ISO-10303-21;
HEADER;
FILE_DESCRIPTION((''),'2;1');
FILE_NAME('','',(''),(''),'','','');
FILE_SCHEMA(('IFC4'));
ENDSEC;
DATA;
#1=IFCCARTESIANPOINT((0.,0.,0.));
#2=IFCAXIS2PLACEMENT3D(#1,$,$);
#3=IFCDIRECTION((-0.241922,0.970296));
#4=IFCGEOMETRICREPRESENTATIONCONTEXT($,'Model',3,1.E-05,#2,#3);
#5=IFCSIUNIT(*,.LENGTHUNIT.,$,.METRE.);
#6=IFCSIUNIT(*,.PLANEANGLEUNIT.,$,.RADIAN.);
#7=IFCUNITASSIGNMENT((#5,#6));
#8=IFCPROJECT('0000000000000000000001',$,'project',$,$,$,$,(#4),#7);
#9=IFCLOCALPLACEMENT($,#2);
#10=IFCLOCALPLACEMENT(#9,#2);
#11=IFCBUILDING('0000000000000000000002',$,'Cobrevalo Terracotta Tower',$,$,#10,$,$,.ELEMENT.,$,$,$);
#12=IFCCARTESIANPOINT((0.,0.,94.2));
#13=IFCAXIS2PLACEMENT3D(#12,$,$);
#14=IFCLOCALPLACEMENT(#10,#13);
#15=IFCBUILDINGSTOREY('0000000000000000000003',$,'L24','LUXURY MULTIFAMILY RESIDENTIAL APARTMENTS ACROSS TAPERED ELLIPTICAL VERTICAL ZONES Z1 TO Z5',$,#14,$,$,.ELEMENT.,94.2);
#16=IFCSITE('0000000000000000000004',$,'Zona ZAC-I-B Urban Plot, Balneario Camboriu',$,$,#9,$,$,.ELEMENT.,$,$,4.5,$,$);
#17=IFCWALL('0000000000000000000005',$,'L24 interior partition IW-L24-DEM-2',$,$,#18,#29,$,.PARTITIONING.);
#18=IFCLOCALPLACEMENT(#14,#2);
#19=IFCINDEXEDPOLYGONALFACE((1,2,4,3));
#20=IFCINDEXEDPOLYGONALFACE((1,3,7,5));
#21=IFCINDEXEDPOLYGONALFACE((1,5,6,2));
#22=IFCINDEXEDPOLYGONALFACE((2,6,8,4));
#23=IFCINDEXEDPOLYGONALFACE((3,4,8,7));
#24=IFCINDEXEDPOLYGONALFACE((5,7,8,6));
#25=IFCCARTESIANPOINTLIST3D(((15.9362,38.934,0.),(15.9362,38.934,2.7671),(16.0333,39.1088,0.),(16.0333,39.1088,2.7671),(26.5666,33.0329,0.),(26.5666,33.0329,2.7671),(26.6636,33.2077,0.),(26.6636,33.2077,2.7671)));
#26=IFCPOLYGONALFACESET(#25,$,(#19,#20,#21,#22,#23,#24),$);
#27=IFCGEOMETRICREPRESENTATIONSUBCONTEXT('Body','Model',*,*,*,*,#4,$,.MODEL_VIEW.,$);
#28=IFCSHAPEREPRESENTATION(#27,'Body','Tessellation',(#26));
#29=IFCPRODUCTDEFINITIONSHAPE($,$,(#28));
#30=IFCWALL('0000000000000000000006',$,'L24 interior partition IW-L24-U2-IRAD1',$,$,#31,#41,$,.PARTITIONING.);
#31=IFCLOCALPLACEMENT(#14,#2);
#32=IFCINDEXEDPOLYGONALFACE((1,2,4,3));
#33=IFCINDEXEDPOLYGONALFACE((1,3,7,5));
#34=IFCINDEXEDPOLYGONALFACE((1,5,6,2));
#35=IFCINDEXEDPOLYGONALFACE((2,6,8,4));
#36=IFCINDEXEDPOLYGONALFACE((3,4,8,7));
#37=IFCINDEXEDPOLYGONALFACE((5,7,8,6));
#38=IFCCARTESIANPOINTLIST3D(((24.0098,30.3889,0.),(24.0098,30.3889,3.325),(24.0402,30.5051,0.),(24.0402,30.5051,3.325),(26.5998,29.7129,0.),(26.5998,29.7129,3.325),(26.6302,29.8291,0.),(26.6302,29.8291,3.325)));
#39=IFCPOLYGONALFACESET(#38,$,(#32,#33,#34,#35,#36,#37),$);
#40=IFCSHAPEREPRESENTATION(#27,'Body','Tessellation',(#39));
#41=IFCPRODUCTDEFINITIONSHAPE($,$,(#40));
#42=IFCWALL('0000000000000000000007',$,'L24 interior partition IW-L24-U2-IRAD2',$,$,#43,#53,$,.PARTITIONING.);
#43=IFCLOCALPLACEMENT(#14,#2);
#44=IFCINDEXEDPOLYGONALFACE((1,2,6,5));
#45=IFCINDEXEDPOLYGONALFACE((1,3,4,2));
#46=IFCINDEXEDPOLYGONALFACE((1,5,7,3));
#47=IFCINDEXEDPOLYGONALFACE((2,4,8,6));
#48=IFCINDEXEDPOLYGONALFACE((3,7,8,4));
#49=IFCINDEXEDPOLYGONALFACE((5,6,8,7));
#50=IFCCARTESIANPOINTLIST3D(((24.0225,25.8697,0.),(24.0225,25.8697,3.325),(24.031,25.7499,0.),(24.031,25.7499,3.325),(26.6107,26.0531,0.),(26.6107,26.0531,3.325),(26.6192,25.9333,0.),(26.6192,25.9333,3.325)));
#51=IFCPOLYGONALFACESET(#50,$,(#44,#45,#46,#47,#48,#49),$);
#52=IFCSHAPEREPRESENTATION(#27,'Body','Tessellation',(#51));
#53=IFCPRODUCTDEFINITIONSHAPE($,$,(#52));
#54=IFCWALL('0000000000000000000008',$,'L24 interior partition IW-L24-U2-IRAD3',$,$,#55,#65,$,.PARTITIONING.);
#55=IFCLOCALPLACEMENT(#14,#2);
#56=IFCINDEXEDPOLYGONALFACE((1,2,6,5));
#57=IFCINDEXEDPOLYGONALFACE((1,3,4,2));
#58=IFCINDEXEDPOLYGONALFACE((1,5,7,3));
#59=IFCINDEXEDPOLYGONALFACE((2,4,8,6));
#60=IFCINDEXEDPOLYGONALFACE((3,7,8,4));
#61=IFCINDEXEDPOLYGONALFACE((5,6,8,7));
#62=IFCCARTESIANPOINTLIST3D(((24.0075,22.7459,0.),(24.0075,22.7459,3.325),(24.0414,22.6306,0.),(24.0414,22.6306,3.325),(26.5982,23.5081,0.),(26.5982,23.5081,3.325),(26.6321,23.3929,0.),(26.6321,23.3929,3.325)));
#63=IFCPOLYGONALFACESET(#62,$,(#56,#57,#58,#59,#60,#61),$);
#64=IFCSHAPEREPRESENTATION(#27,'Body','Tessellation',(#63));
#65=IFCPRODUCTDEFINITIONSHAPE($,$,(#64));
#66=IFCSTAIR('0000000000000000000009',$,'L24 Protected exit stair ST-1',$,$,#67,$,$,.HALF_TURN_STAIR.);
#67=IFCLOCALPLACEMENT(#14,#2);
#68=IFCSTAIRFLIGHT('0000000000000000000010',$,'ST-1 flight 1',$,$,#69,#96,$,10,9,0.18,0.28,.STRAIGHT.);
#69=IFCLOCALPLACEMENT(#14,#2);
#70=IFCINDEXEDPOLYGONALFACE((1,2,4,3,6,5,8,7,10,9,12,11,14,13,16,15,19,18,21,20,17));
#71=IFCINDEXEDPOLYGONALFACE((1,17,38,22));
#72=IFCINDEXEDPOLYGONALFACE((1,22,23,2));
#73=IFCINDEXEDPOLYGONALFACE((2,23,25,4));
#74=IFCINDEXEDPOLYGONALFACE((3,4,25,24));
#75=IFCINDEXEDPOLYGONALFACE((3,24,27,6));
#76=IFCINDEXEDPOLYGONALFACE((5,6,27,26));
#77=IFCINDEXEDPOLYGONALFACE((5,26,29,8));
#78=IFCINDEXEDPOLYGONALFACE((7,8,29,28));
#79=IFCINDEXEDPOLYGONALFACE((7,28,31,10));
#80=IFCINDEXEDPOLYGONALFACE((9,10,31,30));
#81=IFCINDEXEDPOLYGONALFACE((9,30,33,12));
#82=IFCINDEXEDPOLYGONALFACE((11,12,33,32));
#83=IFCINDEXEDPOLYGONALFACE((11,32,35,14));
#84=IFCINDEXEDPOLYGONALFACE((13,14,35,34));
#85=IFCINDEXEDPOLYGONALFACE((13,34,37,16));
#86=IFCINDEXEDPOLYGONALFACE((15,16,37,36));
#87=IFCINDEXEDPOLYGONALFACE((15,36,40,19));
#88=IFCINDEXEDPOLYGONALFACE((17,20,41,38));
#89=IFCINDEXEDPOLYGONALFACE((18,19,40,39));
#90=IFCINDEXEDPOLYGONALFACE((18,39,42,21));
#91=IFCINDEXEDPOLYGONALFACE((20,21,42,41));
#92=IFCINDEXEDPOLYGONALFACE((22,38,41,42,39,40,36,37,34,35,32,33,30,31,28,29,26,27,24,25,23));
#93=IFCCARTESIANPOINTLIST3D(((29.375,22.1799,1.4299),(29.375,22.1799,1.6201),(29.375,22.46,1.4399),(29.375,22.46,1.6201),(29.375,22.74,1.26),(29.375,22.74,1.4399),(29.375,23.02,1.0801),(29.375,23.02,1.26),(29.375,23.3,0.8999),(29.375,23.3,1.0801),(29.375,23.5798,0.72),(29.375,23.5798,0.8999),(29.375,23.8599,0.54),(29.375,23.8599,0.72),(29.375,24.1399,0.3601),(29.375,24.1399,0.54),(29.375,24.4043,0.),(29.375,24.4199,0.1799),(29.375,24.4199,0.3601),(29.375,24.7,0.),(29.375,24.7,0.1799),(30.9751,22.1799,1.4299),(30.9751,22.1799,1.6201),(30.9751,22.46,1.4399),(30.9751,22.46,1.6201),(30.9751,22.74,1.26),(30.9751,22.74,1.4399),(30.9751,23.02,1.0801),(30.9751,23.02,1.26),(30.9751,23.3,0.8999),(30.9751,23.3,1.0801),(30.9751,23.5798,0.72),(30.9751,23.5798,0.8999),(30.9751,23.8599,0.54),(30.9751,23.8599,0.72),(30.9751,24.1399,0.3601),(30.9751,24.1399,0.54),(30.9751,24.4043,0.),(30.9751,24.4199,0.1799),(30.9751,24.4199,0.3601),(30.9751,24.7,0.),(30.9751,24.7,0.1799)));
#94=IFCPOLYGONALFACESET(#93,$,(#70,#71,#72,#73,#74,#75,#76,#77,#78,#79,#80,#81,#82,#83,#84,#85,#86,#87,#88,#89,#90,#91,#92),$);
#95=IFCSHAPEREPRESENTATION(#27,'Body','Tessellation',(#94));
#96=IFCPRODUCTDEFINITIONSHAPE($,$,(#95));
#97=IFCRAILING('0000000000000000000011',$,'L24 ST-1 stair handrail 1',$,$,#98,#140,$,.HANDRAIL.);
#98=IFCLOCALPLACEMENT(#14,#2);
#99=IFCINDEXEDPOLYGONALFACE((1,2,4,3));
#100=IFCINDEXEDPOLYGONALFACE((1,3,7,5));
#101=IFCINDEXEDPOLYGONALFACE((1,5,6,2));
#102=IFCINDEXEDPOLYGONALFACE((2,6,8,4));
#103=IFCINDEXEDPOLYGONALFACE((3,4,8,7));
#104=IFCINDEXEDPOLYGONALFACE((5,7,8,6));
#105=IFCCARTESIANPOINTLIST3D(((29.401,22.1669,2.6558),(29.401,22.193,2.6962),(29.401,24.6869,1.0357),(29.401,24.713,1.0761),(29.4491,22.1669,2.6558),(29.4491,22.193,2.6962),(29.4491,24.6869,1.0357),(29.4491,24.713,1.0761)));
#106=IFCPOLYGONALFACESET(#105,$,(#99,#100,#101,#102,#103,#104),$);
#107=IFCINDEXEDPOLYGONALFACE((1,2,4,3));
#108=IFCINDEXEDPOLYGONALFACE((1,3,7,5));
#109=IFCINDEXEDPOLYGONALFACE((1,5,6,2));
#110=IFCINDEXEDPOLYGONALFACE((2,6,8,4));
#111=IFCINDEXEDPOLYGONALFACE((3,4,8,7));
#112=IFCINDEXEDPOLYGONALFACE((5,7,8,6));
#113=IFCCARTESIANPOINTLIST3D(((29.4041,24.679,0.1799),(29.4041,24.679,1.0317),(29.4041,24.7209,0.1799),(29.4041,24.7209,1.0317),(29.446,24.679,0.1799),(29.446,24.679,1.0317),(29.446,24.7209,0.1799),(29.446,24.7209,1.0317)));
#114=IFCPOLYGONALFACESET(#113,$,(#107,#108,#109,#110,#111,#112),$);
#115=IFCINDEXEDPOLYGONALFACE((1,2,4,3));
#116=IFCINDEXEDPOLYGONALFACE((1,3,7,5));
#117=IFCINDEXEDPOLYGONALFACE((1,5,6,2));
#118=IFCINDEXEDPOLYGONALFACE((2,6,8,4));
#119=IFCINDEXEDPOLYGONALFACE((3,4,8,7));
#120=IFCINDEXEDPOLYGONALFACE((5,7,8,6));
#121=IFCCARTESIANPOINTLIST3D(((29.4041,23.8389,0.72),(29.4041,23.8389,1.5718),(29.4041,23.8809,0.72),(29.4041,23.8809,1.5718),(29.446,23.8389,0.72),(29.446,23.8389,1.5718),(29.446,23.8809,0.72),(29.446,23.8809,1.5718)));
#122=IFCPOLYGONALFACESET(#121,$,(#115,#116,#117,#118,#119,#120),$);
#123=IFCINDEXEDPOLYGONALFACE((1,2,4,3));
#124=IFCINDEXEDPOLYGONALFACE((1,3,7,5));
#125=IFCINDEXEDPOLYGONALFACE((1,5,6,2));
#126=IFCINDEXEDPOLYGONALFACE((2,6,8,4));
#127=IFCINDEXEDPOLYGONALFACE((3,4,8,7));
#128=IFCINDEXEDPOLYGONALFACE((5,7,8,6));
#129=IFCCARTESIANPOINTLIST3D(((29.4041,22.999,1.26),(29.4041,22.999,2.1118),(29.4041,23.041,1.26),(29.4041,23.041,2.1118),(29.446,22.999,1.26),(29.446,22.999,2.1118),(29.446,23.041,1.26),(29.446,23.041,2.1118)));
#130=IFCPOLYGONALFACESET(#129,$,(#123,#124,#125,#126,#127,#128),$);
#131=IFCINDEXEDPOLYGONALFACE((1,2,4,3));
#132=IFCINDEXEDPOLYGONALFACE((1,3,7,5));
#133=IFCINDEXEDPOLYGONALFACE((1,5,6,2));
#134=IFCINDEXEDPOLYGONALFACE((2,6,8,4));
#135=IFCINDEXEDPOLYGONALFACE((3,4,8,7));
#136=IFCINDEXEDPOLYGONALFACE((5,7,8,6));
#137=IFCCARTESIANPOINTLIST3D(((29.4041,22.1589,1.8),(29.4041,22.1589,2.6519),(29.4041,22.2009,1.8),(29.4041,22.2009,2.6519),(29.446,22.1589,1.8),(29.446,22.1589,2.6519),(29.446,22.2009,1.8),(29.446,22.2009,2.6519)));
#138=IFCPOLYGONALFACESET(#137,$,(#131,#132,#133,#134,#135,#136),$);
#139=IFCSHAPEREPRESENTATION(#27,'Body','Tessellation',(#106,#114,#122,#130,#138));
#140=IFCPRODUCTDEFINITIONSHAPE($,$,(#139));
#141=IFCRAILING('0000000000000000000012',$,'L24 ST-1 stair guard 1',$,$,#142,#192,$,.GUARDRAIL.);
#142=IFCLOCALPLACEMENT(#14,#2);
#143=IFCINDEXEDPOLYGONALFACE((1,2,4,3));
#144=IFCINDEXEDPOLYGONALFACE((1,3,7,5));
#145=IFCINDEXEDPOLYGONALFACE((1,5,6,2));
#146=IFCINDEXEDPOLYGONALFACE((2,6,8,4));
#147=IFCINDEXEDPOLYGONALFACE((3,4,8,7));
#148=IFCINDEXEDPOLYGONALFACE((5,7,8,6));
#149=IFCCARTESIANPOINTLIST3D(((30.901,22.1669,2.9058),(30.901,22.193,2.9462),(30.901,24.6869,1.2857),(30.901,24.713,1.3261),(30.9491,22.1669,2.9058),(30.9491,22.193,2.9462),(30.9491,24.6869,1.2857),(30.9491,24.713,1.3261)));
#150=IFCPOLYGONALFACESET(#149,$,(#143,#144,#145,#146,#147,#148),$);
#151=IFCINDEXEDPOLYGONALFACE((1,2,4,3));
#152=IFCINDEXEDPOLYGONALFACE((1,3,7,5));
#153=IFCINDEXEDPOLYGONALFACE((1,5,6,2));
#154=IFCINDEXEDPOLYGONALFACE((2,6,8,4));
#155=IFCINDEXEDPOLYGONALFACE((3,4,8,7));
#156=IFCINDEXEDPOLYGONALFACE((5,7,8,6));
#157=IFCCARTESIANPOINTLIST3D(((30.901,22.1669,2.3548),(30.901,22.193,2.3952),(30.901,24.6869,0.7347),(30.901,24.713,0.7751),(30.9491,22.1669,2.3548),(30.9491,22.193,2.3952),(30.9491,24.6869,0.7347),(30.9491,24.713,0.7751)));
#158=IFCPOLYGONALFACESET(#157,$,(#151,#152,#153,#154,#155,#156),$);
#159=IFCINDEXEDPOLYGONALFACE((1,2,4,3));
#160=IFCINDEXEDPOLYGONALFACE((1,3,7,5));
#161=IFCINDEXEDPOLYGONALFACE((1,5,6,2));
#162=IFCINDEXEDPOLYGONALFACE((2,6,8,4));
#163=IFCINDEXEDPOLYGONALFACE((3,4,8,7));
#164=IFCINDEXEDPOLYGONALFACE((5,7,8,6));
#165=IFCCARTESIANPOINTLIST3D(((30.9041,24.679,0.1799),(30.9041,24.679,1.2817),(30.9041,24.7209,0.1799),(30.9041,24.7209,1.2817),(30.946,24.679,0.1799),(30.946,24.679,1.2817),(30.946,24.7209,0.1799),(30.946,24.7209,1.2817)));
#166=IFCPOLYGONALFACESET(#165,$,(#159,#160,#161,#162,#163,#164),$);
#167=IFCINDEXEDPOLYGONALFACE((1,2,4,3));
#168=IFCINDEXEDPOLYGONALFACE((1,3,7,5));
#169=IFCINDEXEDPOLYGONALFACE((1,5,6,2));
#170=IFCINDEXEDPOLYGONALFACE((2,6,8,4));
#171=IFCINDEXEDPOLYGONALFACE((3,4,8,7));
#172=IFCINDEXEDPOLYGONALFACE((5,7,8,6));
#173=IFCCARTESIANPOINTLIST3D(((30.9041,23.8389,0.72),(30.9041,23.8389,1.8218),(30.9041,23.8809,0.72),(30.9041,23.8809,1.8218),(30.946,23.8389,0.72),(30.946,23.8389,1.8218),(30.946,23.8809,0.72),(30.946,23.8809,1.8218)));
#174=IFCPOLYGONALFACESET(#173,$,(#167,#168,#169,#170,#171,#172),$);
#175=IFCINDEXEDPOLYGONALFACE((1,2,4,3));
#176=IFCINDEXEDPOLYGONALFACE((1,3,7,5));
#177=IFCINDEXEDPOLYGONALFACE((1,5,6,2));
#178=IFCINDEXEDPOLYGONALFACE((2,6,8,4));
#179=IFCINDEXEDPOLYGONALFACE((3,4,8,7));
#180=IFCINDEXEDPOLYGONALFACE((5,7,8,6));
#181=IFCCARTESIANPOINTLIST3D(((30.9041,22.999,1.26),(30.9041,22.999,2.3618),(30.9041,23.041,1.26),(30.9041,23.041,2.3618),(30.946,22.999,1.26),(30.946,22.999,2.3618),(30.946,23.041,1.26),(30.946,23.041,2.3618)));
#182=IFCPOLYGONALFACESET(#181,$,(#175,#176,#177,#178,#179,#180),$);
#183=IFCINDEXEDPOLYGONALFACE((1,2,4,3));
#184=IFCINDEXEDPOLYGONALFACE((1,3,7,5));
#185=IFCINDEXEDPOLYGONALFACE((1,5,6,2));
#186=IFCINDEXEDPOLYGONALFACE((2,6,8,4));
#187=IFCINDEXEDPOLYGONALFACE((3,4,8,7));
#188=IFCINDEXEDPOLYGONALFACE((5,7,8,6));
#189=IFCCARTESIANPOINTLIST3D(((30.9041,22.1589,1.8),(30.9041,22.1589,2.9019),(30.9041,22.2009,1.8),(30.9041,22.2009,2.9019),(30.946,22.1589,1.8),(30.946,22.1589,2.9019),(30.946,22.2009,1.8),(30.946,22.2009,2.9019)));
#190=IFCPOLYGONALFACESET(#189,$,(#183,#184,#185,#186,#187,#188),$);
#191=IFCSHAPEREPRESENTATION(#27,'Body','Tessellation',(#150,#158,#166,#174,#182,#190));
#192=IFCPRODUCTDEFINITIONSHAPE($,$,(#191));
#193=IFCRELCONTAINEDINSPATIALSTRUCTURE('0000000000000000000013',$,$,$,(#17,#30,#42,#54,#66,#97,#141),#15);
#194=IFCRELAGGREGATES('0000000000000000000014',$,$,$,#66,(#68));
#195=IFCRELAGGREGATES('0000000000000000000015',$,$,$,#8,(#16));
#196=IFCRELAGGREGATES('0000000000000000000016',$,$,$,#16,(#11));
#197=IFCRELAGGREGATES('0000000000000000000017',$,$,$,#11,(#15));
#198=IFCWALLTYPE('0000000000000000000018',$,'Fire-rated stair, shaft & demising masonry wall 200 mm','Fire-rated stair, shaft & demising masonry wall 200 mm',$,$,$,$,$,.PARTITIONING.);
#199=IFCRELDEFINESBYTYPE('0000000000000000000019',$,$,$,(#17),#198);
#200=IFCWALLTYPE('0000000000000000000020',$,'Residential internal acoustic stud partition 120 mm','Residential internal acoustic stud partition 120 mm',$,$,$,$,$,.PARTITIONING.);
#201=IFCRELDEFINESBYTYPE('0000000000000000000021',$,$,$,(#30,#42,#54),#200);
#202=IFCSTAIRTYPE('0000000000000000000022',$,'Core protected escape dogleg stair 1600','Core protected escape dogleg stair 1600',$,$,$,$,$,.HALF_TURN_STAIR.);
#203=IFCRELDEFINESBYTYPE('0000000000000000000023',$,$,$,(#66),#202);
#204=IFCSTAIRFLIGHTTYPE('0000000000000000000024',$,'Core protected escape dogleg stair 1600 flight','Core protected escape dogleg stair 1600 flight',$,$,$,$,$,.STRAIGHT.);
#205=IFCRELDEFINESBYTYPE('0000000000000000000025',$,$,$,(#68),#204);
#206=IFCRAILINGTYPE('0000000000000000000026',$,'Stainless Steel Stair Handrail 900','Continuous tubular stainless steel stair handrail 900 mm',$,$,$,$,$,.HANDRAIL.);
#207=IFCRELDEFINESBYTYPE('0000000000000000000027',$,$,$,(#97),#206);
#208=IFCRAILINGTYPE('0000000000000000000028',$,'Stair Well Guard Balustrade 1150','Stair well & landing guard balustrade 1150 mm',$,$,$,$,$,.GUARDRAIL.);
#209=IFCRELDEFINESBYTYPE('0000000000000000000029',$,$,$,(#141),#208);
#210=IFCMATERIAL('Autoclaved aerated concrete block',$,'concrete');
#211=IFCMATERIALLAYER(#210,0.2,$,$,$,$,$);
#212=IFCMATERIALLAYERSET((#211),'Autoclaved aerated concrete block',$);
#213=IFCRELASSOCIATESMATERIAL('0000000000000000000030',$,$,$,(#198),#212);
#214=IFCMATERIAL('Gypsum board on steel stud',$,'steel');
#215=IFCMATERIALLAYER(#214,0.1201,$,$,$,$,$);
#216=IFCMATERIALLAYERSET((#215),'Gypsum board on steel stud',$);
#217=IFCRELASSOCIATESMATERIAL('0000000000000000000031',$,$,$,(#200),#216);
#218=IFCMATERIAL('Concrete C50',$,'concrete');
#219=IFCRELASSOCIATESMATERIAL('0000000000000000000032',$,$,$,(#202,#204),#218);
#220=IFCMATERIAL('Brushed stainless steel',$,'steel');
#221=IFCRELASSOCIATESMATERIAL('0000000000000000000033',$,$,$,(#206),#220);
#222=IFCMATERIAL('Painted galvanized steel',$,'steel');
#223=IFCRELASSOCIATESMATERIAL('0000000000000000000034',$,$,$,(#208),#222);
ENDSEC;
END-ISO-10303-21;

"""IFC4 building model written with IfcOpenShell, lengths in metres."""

from ifc_helpers import new_model, si_unit, direction, frame, frame_2d, origin, origin_2d, place, context, subcontext, project, spatial, polyline, rectangle, outline, extrude, material, layer, layer_set, type_object, element, aggregate, save


model = new_model("IFC4")

# Units and contexts
model_context = context("Model", 3, precision=1e-05, world=origin(), true_north=direction((-0.241922, 0.970296)))
body_context = subcontext(model_context, "Body", "Model", "MODEL_VIEW")
ifc_project = project(units=[si_unit("LENGTHUNIT", "METRE"), si_unit("PLANEANGLEUNIT", "RADIAN")], contexts=[model_context])

# Site, building, storey
site_placement = place(None, origin())
site = spatial("IfcSite", under=ifc_project, at=site_placement, Name="Zona ZAC-I-B Urban Plot, Balneario Camboriu", CompositionType="ELEMENT", RefElevation=4.5)
building_placement = place(site_placement, origin())
building = spatial("IfcBuilding", under=site, at=building_placement, Name="Cobrevalo Terracotta Tower", CompositionType="ELEMENT")
storey_placement = place(building_placement, frame((0.0, 0.0, 94.2)))
storey = spatial("IfcBuildingStorey", under=building, at=storey_placement, Name="L24", Description="LUXURY MULTIFAMILY RESIDENTIAL APARTMENTS ACROSS TAPERED ELLIPTICAL VERTICAL ZONES Z1 TO Z5", CompositionType="ELEMENT", Elevation=94.2)

# Shared definitions
ifc_material_1 = material(Name="Gypsum board on steel stud", Category="steel")

# Shared definitions
ifc_material_2 = material(Name="Brushed stainless steel", Category="steel")

# Walls
ifc_material_3 = material(Name="Autoclaved aerated concrete block", Category="concrete")
ifc_layer_1 = layer(ifc_material_3, 0.2)
ifc_layer_set_1 = layer_set([ifc_layer_1], Name="Autoclaved aerated concrete block")
wall_type_1 = type_object("IfcWallType", Name="Fire-rated stair, shaft & demising masonry wall 200 mm", Description="Fire-rated stair, shaft & demising masonry wall 200 mm", PredefinedType="PARTITIONING", material=ifc_layer_set_1)
wall_1_placement = place(storey_placement, frame((26.615, 33.1204, 0.0), z_axis=(0.0, 0.0, 1.0), x_axis=(-0.874319, 0.485351, 0.0)))
element("IfcWall", 1, at=wall_1_placement, inside=storey, type_object=wall_type_1, Name="L24 interior partition IW-L24-DEM-2", PredefinedType="PARTITIONING", context=body_context, shape_type="SweptSolid", body=[
    extrude(rectangle(XDim=12.1584, YDim=0.2, at=frame_2d((6.0791, 0.0))), origin(), (0.0, 0.0, 1.0), 2.7671),
])
ifc_layer_2 = layer(ifc_material_1, 0.1201)
ifc_layer_set_2 = layer_set([ifc_layer_2], Name="Gypsum board on steel stud")
wall_type_2 = type_object("IfcWallType", Name="Residential internal acoustic stud partition 120 mm", Description="Residential internal acoustic stud partition 120 mm", PredefinedType="PARTITIONING", material=ifc_layer_set_2)
wall_2_placement = place(storey_placement, frame((26.615, 29.771, 0.0), z_axis=(0.0, 0.0, 1.0), x_axis=(-0.967585, 0.252544, 0.0)))
element("IfcWall", 2, at=wall_2_placement, inside=storey, type_object=wall_type_2, Name="L24 interior partition IW-L24-U2-IRAD1", PredefinedType="PARTITIONING", context=body_context, shape_type="SweptSolid", body=[
    extrude(rectangle(XDim=2.6768, YDim=0.1201, at=frame_2d((1.3384, 0.0))), origin(), (0.0, 0.0, 1.0), 3.325),
])
wall_3_placement = place(storey_placement, frame((26.615, 25.9932, 0.0), z_axis=(0.0, 0.0, 1.0), x_axis=(-0.9975, -0.070665, 0.0)))
element("IfcWall", 3, at=wall_3_placement, inside=storey, type_object=wall_type_2, Name="L24 interior partition IW-L24-U2-IRAD2", PredefinedType="PARTITIONING", context=body_context, shape_type="SweptSolid", body=[
    extrude(rectangle(XDim=2.5947, YDim=0.1201, at=frame_2d((1.2974, 0.0))), origin(), (0.0, 0.0, 1.0), 3.325),
])
wall_4_placement = place(storey_placement, frame((26.615, 23.4504, 0.0), z_axis=(0.0, 0.0, 1.0), x_axis=(-0.959338, -0.282259, 0.0)))
element("IfcWall", 4, at=wall_4_placement, inside=storey, type_object=wall_type_2, Name="L24 interior partition IW-L24-U2-IRAD3", PredefinedType="PARTITIONING", context=body_context, shape_type="SweptSolid", body=[
    extrude(rectangle(XDim=2.7004, YDim=0.1201, at=frame_2d((1.3501, 0.0))), origin(), (0.0, 0.0, 1.0), 3.325),
])

# Shared definitions
ifc_material_4 = material(Name="Concrete C50", Category="concrete")

# Stair, stair flight
stair_type = type_object("IfcStairType", Name="Core protected escape dogleg stair 1600", Description="Core protected escape dogleg stair 1600", PredefinedType="HALF_TURN_STAIR", material=ifc_material_4)
stair_placement = place(storey_placement, origin())
stair = element("IfcStair", 5, at=stair_placement, inside=storey, type_object=stair_type, Name="L24 Protected exit stair ST-1", PredefinedType="HALF_TURN_STAIR")
stair_flight_type = type_object("IfcStairFlightType", Name="Core protected escape dogleg stair 1600 flight", Description="Core protected escape dogleg stair 1600 flight", PredefinedType="STRAIGHT", material=ifc_material_4)
stair_flight_placement = place(storey_placement, frame((30.175, 24.7, 0.0), z_axis=(0.0, 0.0, 1.0), x_axis=(0.0, -1.0, 0.0)))
stair_flight = element("IfcStairFlight", 6, at=stair_flight_placement, type_object=stair_flight_type, Name="ST-1 flight 1", NumberOfRisers=10, NumberOfTreads=9, PredefinedType="STRAIGHT", RiserHeight=0.18, TreadLength=0.28, context=body_context, shape_type="SweptSolid", body=[
    extrude(outline(polyline([(0.0, 0.0), (0.0, 0.1799), (0.28, 0.1799), (0.28, 0.3601), (0.5601, 0.3601), (0.5601, 0.54), (0.8401, 0.54), (0.8401, 0.72), (1.1201, 0.72), (1.1201, 0.8999), (1.3999, 0.8999), (1.3999, 1.0801), (1.6799, 1.0801), (1.6799, 1.26), (1.96, 1.26), (1.96, 1.4399), (2.24, 1.4399), (2.24, 1.6201), (2.52, 1.6201), (2.52, 1.8), (2.52, 1.4299), (0.2957, 0.0), (0.0, 0.0)])), frame((0.0, 0.8, 0.0), z_axis=(0.0, -1.0, 0.0), x_axis=(1.0, 0.0, 0.0)), (0.0, 0.0, 1.0), 1.6001),
])
aggregate(stair, [stair_flight])

# Railings
railing_type_1 = type_object("IfcRailingType", Name="Stainless Steel Stair Handrail 900", Description="Continuous tubular stainless steel stair handrail 900 mm", PredefinedType="HANDRAIL", material=ifc_material_2)
railing_1_placement = place(storey_placement, frame((29.425, 24.7, 0.1799)))
element("IfcRailing", 7, at=railing_1_placement, inside=storey, type_object=railing_type_1, Name="L24 ST-1 stair handrail 1", PredefinedType="HANDRAIL", context=body_context, shape_type="SweptSolid", body=[
    extrude(rectangle(XDim=0.0481, YDim=0.0481, at=origin_2d()), frame((0.0, 0.0, 0.876), z_axis=(0.0, -0.841163, 0.540782), x_axis=(1.0, 0.0, 0.0)), (0.0, 0.0, 1.0), 2.9958),
    extrude(rectangle(XDim=0.042, YDim=0.042, at=origin_2d()), origin(), (0.0, 0.0, 1.0), 0.8518),
    extrude(rectangle(XDim=0.042, YDim=0.042, at=origin_2d()), frame((0.0, -0.8401, 0.54)), (0.0, 0.0, 1.0), 0.8518),
    extrude(rectangle(XDim=0.042, YDim=0.042, at=origin_2d()), frame((0.0, -1.6799, 1.0801)), (0.0, 0.0, 1.0), 0.8518),
    extrude(rectangle(XDim=0.042, YDim=0.042, at=origin_2d()), frame((0.0, -2.52, 1.6201)), (0.0, 0.0, 1.0), 0.8518),
])
ifc_material_5 = material(Name="Painted galvanized steel", Category="steel")
railing_type_2 = type_object("IfcRailingType", Name="Stair Well Guard Balustrade 1150", Description="Stair well & landing guard balustrade 1150 mm", PredefinedType="GUARDRAIL", material=ifc_material_5)
railing_2_placement = place(storey_placement, frame((30.925, 24.7, 0.1799)))
element("IfcRailing", 8, at=railing_2_placement, inside=storey, type_object=railing_type_2, Name="L24 ST-1 stair guard 1", PredefinedType="GUARDRAIL", context=body_context, shape_type="SweptSolid", body=[
    extrude(rectangle(XDim=0.0481, YDim=0.0481, at=origin_2d()), frame((0.0, 0.0, 1.126), z_axis=(0.0, -0.841163, 0.540782), x_axis=(1.0, 0.0, 0.0)), (0.0, 0.0, 1.0), 2.9958),
    extrude(rectangle(XDim=0.0481, YDim=0.0481, at=origin_2d()), frame((0.0, 0.0, 0.575), z_axis=(0.0, -0.841163, 0.540782), x_axis=(1.0, 0.0, 0.0)), (0.0, 0.0, 1.0), 2.9958),
    extrude(rectangle(XDim=0.042, YDim=0.042, at=origin_2d()), origin(), (0.0, 0.0, 1.0), 1.1018),
    extrude(rectangle(XDim=0.042, YDim=0.042, at=origin_2d()), frame((0.0, -0.8401, 0.54)), (0.0, 0.0, 1.0), 1.1018),
    extrude(rectangle(XDim=0.042, YDim=0.042, at=origin_2d()), frame((0.0, -1.6799, 1.0801)), (0.0, 0.0, 1.0), 1.1018),
    extrude(rectangle(XDim=0.042, YDim=0.042, at=origin_2d()), frame((0.0, -2.52, 1.6201)), (0.0, 0.0, 1.0), 1.1018),
])

save(model, "model.ifc")
